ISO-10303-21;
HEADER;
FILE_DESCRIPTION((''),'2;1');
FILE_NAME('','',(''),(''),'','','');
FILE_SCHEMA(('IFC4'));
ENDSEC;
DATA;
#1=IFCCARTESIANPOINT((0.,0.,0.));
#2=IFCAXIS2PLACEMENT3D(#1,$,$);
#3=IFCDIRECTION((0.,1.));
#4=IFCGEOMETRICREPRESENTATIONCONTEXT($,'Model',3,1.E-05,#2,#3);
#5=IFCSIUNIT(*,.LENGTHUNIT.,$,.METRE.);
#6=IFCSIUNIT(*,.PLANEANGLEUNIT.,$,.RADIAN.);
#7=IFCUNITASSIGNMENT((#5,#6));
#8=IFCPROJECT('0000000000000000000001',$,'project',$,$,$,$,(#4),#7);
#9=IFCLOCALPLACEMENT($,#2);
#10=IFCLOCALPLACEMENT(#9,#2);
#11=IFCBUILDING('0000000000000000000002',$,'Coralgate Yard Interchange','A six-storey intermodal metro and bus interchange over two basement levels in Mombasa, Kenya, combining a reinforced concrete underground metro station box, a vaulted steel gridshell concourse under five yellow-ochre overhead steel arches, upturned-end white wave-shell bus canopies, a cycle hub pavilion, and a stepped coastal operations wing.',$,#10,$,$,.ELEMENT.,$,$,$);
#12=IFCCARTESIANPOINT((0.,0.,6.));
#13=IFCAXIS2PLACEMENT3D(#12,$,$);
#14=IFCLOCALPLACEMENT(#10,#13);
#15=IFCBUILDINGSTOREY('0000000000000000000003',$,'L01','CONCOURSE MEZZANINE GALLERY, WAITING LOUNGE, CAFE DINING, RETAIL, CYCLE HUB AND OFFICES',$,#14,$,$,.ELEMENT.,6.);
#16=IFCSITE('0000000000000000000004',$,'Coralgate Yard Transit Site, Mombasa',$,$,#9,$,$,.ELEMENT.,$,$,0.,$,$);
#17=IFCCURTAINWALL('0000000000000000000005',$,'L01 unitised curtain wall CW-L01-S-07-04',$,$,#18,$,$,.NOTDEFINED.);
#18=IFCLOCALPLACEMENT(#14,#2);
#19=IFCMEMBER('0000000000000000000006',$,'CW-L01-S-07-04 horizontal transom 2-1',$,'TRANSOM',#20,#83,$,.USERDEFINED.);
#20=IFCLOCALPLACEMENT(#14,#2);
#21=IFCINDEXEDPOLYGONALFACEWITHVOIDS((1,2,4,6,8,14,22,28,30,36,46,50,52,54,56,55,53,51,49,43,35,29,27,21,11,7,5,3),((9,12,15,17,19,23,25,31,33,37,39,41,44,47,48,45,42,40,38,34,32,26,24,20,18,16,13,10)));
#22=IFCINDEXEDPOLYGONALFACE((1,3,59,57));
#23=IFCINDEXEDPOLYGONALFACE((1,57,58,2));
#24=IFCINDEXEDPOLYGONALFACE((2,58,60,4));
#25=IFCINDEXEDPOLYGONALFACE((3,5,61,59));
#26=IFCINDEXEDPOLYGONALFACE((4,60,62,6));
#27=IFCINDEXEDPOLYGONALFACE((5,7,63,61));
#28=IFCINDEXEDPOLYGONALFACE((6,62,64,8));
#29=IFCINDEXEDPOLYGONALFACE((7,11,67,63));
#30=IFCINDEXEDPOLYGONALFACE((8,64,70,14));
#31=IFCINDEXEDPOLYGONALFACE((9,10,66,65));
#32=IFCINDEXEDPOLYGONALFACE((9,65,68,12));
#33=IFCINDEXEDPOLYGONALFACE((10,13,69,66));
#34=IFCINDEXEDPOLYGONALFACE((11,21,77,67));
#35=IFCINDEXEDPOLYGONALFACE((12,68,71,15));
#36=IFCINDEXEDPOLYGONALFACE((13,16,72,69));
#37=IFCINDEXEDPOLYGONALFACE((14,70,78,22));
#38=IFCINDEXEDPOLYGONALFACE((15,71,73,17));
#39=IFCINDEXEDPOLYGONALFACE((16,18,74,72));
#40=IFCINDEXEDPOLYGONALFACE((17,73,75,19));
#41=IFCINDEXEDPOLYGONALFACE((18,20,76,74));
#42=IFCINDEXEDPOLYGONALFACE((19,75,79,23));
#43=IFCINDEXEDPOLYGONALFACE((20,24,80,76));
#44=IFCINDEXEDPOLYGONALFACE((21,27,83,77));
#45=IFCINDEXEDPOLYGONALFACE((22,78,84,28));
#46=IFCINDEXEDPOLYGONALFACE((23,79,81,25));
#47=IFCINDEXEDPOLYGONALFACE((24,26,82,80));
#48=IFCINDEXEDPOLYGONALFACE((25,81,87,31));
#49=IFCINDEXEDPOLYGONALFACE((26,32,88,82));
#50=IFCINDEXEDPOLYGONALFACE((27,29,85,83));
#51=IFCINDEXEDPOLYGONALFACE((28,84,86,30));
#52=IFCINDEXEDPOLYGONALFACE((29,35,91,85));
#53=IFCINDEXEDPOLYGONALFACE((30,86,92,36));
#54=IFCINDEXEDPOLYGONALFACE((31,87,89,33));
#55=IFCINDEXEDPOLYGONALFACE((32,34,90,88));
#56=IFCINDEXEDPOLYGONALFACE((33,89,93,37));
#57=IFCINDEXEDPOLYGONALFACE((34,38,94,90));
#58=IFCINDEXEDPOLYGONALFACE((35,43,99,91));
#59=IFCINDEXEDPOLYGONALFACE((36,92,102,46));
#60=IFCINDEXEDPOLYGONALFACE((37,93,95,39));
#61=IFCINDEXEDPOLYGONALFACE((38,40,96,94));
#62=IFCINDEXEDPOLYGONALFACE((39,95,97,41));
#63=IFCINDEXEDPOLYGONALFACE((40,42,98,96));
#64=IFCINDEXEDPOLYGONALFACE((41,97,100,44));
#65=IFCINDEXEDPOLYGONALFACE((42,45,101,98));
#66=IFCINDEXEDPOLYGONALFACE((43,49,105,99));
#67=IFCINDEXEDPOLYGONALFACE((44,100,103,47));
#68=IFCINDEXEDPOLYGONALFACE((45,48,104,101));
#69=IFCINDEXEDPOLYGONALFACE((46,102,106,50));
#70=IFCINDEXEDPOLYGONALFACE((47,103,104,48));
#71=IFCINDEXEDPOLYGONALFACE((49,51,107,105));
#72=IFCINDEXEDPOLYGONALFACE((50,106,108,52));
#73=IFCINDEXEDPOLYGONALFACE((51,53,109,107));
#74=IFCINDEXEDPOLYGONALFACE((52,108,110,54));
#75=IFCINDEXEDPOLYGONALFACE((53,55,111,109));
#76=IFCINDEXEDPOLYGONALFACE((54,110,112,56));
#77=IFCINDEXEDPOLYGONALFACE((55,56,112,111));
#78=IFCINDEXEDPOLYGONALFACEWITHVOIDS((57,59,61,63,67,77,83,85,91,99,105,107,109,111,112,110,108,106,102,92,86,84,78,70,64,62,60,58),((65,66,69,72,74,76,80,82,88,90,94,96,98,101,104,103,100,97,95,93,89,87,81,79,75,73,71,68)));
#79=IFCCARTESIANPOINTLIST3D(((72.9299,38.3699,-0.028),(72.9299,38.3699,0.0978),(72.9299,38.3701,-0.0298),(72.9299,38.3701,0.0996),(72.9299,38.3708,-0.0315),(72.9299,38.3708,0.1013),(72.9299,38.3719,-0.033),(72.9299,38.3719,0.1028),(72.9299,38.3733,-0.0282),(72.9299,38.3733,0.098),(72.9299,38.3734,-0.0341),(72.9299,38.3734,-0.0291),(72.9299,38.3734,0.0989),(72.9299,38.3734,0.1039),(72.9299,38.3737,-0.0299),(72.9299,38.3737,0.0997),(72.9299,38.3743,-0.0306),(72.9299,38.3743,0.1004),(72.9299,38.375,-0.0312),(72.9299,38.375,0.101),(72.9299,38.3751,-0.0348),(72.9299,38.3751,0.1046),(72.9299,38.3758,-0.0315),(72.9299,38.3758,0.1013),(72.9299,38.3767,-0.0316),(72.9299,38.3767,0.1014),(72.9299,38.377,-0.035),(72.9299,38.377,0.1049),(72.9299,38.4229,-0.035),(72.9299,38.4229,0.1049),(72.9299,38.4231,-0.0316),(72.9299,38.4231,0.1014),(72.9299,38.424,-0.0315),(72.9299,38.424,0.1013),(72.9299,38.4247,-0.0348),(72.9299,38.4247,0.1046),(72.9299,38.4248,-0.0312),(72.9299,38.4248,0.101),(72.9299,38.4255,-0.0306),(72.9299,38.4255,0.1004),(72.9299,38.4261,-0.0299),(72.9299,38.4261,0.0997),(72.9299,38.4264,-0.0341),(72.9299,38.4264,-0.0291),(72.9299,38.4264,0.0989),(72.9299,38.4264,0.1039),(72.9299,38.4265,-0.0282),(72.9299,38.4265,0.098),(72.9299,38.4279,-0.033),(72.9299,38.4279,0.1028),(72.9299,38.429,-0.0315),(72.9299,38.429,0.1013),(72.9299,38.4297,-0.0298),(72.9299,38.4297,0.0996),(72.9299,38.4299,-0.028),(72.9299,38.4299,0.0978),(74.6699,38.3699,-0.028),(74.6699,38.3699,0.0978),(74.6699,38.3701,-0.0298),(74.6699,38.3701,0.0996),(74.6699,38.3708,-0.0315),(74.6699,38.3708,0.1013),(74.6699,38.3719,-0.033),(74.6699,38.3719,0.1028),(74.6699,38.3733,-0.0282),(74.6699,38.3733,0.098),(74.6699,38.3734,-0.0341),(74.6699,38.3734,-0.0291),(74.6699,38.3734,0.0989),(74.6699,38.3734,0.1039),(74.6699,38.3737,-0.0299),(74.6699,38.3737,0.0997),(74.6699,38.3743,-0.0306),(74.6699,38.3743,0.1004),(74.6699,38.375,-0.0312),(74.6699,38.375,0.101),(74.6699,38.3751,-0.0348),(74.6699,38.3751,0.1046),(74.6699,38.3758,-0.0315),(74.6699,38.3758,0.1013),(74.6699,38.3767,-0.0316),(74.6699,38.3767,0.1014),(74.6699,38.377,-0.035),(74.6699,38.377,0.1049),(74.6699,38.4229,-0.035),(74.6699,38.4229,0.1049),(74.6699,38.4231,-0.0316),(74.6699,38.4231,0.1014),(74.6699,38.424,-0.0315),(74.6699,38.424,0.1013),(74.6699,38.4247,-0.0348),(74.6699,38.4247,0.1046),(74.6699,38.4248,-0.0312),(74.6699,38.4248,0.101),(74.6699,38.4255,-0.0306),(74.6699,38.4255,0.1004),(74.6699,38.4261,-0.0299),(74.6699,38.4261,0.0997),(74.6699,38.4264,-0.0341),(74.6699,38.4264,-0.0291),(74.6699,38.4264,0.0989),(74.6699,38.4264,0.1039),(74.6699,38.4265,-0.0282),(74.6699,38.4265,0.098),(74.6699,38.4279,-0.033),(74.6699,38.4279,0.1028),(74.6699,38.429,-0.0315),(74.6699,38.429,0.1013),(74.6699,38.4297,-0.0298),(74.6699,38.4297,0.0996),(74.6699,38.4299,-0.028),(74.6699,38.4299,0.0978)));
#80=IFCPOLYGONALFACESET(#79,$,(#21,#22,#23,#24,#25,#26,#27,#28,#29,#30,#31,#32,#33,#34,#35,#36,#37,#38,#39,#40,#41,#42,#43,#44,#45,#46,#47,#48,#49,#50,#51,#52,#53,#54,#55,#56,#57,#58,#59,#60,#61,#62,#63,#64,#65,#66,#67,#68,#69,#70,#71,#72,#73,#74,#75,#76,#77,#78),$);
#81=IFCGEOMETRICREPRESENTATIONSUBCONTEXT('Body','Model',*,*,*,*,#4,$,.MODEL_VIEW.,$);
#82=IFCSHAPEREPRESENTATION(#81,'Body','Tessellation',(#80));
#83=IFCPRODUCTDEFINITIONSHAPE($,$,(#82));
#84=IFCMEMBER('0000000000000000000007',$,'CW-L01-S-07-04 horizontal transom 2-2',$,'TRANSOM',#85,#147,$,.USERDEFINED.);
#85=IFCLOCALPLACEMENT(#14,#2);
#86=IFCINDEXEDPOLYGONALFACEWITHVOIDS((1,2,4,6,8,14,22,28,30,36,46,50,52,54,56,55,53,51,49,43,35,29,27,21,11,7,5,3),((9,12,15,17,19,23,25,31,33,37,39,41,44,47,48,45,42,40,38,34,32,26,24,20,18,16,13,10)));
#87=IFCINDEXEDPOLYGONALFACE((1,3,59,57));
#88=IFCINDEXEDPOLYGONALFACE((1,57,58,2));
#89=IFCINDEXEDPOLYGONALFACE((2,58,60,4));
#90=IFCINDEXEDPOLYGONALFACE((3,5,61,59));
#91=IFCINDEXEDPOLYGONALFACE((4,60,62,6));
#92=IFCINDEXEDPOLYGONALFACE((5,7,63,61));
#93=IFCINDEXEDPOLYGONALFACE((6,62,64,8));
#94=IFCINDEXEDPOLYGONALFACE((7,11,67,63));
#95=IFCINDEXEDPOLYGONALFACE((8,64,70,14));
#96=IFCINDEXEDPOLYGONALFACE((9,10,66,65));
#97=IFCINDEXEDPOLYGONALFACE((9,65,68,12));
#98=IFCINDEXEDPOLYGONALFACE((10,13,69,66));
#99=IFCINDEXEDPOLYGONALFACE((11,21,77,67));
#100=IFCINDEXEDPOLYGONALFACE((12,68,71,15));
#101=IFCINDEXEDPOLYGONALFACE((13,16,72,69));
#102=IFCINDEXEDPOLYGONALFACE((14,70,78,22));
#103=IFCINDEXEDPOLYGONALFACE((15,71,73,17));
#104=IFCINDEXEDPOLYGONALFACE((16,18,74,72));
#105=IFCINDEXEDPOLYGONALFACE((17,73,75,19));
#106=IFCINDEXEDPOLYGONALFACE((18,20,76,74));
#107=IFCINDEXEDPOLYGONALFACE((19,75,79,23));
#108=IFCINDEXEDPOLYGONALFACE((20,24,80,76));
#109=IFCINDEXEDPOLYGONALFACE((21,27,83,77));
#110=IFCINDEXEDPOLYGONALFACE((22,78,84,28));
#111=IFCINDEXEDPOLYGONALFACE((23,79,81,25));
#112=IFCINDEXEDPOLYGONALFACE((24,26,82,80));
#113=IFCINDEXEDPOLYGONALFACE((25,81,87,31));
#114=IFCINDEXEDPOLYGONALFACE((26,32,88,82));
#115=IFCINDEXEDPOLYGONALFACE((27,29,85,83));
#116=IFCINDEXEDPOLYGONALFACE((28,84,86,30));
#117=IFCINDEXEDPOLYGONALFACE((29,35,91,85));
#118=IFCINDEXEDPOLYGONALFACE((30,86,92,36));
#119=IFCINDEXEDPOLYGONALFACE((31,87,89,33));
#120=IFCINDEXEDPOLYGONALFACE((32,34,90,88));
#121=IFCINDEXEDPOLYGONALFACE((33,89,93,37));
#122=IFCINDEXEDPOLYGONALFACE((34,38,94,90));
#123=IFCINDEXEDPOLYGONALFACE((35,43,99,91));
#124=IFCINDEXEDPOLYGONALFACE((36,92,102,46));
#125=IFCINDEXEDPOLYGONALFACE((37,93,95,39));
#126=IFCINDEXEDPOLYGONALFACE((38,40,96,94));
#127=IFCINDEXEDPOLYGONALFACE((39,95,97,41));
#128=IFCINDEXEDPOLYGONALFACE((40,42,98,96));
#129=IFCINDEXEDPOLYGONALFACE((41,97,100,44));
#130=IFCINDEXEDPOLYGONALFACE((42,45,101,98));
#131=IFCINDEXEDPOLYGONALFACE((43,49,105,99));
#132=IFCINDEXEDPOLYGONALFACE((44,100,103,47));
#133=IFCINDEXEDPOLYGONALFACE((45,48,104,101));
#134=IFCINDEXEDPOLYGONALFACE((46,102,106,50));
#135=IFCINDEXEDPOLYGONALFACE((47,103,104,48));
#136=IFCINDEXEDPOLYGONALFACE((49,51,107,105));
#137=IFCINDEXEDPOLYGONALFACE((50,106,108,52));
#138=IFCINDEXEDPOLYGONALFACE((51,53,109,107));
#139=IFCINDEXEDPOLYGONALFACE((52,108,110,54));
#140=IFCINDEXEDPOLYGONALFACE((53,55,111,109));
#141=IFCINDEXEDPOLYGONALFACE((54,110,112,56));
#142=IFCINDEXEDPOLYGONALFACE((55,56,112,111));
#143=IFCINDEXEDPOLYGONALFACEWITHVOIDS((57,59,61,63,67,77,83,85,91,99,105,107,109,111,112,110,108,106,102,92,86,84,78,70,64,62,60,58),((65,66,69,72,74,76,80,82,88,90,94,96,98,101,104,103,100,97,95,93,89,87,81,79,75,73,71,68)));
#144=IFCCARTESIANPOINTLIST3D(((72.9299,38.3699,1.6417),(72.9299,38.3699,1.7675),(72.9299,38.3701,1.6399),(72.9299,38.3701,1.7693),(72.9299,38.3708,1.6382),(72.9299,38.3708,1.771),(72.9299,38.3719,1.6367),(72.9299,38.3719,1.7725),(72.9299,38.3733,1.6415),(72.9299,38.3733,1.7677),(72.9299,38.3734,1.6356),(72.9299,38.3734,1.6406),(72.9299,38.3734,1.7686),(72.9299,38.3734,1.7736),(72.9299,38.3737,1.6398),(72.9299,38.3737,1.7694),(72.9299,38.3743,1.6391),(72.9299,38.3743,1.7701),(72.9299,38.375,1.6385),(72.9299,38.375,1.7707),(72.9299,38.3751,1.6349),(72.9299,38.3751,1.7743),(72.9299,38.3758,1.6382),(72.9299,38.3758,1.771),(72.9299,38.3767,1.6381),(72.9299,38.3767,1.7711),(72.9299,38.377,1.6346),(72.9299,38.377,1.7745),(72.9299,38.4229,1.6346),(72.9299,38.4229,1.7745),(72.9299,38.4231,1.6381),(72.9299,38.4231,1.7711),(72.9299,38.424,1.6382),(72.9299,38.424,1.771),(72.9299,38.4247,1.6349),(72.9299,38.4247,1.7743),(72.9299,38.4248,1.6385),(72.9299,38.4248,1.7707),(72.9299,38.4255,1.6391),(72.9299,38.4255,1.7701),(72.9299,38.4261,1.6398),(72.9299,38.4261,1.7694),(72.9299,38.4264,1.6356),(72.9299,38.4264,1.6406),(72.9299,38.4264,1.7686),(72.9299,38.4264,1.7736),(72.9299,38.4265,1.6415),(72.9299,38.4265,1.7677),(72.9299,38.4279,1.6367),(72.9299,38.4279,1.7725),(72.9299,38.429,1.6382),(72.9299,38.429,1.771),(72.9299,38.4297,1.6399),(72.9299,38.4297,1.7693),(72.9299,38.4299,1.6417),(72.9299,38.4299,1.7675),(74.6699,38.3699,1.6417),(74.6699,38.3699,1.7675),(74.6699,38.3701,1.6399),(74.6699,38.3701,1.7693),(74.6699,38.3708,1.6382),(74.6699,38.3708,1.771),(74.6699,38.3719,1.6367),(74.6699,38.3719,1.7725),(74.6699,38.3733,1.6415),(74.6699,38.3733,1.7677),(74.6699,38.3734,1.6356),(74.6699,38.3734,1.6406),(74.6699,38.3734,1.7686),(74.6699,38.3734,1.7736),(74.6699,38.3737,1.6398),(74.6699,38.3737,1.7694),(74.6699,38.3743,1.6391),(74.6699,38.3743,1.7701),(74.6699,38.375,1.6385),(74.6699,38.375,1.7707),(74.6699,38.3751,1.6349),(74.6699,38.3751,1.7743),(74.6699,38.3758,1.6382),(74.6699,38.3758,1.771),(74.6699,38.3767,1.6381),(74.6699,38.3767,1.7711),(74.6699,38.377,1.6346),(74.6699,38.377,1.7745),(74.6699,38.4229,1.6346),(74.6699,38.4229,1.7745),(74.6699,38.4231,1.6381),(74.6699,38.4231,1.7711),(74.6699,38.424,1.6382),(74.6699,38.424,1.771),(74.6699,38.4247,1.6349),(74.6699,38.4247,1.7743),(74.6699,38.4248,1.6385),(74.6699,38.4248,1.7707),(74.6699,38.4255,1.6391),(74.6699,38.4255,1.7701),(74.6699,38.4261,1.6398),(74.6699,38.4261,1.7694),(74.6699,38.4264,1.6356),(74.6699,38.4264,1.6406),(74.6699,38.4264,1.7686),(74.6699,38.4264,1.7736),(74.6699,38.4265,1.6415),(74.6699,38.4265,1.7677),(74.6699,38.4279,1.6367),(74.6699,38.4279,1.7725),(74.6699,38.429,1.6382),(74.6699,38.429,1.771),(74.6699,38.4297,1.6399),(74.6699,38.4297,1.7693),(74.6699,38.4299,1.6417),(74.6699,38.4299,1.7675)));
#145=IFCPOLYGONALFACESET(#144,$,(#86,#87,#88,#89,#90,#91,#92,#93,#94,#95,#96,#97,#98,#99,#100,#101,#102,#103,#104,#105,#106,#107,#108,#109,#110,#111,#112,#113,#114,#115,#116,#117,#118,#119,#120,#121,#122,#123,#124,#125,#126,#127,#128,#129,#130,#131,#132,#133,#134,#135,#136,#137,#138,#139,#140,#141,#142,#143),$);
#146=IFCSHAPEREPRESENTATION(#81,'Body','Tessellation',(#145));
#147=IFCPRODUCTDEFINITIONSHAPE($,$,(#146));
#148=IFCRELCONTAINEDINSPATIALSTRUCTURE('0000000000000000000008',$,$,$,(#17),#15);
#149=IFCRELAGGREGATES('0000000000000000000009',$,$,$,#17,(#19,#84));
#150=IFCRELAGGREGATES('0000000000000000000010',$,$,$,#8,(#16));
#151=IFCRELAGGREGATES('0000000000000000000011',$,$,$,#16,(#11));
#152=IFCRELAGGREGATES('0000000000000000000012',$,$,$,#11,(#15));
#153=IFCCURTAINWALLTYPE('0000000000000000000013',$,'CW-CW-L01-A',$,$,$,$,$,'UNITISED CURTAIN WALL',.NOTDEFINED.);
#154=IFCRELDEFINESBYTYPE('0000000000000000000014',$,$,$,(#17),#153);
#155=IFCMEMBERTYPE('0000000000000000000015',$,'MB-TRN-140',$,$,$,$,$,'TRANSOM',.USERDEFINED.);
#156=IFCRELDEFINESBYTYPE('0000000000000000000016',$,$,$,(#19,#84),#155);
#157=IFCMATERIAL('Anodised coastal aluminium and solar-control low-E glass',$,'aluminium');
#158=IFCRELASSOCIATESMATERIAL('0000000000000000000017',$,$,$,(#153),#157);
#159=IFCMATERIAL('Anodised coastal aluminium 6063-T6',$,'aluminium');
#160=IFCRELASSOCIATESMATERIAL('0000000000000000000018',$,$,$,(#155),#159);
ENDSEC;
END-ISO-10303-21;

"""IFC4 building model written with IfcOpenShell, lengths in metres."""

from ifc_helpers import new_model, si_unit, direction, frame, origin, origin_2d, place, context, subcontext, project, spatial, hollow_rectangle, extrude, material, material_profile, profile_set, type_object, element, aggregate, save


model = new_model("IFC4")

# Units and contexts
model_context = context("Model", 3, precision=1e-05, world=origin(), true_north=direction((0.0, 1.0)))
body_context = subcontext(model_context, "Body", "Model", "MODEL_VIEW")
ifc_project = project(units=[si_unit("LENGTHUNIT", "METRE"), si_unit("PLANEANGLEUNIT", "RADIAN")], contexts=[model_context])

# Site, building, storey
site_placement = place(None, origin())
site = spatial("IfcSite", under=ifc_project, at=site_placement, Name="Coralgate Yard Transit Site, Mombasa", CompositionType="ELEMENT", RefElevation=0.0)
building_placement = place(site_placement, origin())
building = spatial("IfcBuilding", under=site, at=building_placement, Name="Coralgate Yard Interchange", Description="A six-storey intermodal metro and bus interchange over two basement levels in Mombasa, Kenya, combining a reinforced concrete underground metro station box, a vaulted steel gridshell concourse under five yellow-ochre overhead steel arches, upturned-end white wave-shell bus canopies, a cycle hub pavilion, and a stepped coastal operations wing.", CompositionType="ELEMENT")
storey_placement = place(building_placement, frame((0.0, 0.0, 6.0)))
storey = spatial("IfcBuildingStorey", under=building, at=storey_placement, Name="L01", Description="CONCOURSE MEZZANINE GALLERY, WAITING LOUNGE, CAFE DINING, RETAIL, CYCLE HUB AND OFFICES", CompositionType="ELEMENT", Elevation=6.0)

# Curtain wall
ifc_material_1 = material(Name="Anodised coastal aluminium and solar-control low-E glass", Category="aluminium")
curtain_wall_type_1 = type_object("IfcCurtainWallType", Name="CW-CW-L01-A", ElementType="UNITISED CURTAIN WALL", PredefinedType="NOTDEFINED", material=ifc_material_1)
curtain_wall_1_placement = place(storey_placement, origin())
curtain_wall_1 = element("IfcCurtainWall", 1, at=curtain_wall_1_placement, inside=storey, type_object=curtain_wall_type_1, Name="L01 unitised curtain wall CW-L01-S-07-04", PredefinedType="NOTDEFINED")
ifc_material_2 = material(Name="Anodised coastal aluminium 6063-T6", Category="aluminium")

# Members
ifc_material_profile_1 = material_profile(ifc_material_2, hollow_rectangle(XDim=0.0601, YDim=0.1399, WallThickness=0.0034, InnerFilletRadius=0.0034, OuterFilletRadius=0.0071, at=origin_2d()), Name="ALU 60x140x3.5")
ifc_profile_set_1 = profile_set([ifc_material_profile_1], Name="Anodised coastal aluminium 6063-T6")
member_type_1 = type_object("IfcMemberType", Name="MB-TRN-140", ElementType="TRANSOM", PredefinedType="USERDEFINED", material=ifc_profile_set_1)
member_1_placement = place(storey_placement, frame((74.6699, 38.3999, 0.0349), z_axis=(-1.0, 0.0, 0.0), x_axis=(0.0, -1.0, 0.0)))
member_1 = element("IfcMember", 2, at=member_1_placement, type_object=member_type_1, Name="CW-L01-S-07-04 horizontal transom 2-1", ObjectType="TRANSOM", PredefinedType="USERDEFINED", context=body_context, shape_type="SweptSolid", body=[
    extrude(hollow_rectangle(XDim=0.0601, YDim=0.1399, WallThickness=0.0034, InnerFilletRadius=0.0034, OuterFilletRadius=0.0071, at=origin_2d()), origin(), (0.0, 0.0, 1.0), 1.74),
])
member_2_placement = place(storey_placement, frame((74.6699, 38.3999, 1.7046), z_axis=(-1.0, 0.0, 0.0), x_axis=(0.0, -1.0, 0.0)))
member_2 = element("IfcMember", 3, at=member_2_placement, type_object=member_type_1, Name="CW-L01-S-07-04 horizontal transom 2-2", ObjectType="TRANSOM", PredefinedType="USERDEFINED", context=body_context, shape_type="SweptSolid", body=[
    extrude(hollow_rectangle(XDim=0.0601, YDim=0.1399, WallThickness=0.0034, InnerFilletRadius=0.0034, OuterFilletRadius=0.0071, at=origin_2d()), origin(), (0.0, 0.0, 1.0), 1.74),
])

aggregate(curtain_wall_1, [member_1, member_2])

save(model, "model.ifc")
